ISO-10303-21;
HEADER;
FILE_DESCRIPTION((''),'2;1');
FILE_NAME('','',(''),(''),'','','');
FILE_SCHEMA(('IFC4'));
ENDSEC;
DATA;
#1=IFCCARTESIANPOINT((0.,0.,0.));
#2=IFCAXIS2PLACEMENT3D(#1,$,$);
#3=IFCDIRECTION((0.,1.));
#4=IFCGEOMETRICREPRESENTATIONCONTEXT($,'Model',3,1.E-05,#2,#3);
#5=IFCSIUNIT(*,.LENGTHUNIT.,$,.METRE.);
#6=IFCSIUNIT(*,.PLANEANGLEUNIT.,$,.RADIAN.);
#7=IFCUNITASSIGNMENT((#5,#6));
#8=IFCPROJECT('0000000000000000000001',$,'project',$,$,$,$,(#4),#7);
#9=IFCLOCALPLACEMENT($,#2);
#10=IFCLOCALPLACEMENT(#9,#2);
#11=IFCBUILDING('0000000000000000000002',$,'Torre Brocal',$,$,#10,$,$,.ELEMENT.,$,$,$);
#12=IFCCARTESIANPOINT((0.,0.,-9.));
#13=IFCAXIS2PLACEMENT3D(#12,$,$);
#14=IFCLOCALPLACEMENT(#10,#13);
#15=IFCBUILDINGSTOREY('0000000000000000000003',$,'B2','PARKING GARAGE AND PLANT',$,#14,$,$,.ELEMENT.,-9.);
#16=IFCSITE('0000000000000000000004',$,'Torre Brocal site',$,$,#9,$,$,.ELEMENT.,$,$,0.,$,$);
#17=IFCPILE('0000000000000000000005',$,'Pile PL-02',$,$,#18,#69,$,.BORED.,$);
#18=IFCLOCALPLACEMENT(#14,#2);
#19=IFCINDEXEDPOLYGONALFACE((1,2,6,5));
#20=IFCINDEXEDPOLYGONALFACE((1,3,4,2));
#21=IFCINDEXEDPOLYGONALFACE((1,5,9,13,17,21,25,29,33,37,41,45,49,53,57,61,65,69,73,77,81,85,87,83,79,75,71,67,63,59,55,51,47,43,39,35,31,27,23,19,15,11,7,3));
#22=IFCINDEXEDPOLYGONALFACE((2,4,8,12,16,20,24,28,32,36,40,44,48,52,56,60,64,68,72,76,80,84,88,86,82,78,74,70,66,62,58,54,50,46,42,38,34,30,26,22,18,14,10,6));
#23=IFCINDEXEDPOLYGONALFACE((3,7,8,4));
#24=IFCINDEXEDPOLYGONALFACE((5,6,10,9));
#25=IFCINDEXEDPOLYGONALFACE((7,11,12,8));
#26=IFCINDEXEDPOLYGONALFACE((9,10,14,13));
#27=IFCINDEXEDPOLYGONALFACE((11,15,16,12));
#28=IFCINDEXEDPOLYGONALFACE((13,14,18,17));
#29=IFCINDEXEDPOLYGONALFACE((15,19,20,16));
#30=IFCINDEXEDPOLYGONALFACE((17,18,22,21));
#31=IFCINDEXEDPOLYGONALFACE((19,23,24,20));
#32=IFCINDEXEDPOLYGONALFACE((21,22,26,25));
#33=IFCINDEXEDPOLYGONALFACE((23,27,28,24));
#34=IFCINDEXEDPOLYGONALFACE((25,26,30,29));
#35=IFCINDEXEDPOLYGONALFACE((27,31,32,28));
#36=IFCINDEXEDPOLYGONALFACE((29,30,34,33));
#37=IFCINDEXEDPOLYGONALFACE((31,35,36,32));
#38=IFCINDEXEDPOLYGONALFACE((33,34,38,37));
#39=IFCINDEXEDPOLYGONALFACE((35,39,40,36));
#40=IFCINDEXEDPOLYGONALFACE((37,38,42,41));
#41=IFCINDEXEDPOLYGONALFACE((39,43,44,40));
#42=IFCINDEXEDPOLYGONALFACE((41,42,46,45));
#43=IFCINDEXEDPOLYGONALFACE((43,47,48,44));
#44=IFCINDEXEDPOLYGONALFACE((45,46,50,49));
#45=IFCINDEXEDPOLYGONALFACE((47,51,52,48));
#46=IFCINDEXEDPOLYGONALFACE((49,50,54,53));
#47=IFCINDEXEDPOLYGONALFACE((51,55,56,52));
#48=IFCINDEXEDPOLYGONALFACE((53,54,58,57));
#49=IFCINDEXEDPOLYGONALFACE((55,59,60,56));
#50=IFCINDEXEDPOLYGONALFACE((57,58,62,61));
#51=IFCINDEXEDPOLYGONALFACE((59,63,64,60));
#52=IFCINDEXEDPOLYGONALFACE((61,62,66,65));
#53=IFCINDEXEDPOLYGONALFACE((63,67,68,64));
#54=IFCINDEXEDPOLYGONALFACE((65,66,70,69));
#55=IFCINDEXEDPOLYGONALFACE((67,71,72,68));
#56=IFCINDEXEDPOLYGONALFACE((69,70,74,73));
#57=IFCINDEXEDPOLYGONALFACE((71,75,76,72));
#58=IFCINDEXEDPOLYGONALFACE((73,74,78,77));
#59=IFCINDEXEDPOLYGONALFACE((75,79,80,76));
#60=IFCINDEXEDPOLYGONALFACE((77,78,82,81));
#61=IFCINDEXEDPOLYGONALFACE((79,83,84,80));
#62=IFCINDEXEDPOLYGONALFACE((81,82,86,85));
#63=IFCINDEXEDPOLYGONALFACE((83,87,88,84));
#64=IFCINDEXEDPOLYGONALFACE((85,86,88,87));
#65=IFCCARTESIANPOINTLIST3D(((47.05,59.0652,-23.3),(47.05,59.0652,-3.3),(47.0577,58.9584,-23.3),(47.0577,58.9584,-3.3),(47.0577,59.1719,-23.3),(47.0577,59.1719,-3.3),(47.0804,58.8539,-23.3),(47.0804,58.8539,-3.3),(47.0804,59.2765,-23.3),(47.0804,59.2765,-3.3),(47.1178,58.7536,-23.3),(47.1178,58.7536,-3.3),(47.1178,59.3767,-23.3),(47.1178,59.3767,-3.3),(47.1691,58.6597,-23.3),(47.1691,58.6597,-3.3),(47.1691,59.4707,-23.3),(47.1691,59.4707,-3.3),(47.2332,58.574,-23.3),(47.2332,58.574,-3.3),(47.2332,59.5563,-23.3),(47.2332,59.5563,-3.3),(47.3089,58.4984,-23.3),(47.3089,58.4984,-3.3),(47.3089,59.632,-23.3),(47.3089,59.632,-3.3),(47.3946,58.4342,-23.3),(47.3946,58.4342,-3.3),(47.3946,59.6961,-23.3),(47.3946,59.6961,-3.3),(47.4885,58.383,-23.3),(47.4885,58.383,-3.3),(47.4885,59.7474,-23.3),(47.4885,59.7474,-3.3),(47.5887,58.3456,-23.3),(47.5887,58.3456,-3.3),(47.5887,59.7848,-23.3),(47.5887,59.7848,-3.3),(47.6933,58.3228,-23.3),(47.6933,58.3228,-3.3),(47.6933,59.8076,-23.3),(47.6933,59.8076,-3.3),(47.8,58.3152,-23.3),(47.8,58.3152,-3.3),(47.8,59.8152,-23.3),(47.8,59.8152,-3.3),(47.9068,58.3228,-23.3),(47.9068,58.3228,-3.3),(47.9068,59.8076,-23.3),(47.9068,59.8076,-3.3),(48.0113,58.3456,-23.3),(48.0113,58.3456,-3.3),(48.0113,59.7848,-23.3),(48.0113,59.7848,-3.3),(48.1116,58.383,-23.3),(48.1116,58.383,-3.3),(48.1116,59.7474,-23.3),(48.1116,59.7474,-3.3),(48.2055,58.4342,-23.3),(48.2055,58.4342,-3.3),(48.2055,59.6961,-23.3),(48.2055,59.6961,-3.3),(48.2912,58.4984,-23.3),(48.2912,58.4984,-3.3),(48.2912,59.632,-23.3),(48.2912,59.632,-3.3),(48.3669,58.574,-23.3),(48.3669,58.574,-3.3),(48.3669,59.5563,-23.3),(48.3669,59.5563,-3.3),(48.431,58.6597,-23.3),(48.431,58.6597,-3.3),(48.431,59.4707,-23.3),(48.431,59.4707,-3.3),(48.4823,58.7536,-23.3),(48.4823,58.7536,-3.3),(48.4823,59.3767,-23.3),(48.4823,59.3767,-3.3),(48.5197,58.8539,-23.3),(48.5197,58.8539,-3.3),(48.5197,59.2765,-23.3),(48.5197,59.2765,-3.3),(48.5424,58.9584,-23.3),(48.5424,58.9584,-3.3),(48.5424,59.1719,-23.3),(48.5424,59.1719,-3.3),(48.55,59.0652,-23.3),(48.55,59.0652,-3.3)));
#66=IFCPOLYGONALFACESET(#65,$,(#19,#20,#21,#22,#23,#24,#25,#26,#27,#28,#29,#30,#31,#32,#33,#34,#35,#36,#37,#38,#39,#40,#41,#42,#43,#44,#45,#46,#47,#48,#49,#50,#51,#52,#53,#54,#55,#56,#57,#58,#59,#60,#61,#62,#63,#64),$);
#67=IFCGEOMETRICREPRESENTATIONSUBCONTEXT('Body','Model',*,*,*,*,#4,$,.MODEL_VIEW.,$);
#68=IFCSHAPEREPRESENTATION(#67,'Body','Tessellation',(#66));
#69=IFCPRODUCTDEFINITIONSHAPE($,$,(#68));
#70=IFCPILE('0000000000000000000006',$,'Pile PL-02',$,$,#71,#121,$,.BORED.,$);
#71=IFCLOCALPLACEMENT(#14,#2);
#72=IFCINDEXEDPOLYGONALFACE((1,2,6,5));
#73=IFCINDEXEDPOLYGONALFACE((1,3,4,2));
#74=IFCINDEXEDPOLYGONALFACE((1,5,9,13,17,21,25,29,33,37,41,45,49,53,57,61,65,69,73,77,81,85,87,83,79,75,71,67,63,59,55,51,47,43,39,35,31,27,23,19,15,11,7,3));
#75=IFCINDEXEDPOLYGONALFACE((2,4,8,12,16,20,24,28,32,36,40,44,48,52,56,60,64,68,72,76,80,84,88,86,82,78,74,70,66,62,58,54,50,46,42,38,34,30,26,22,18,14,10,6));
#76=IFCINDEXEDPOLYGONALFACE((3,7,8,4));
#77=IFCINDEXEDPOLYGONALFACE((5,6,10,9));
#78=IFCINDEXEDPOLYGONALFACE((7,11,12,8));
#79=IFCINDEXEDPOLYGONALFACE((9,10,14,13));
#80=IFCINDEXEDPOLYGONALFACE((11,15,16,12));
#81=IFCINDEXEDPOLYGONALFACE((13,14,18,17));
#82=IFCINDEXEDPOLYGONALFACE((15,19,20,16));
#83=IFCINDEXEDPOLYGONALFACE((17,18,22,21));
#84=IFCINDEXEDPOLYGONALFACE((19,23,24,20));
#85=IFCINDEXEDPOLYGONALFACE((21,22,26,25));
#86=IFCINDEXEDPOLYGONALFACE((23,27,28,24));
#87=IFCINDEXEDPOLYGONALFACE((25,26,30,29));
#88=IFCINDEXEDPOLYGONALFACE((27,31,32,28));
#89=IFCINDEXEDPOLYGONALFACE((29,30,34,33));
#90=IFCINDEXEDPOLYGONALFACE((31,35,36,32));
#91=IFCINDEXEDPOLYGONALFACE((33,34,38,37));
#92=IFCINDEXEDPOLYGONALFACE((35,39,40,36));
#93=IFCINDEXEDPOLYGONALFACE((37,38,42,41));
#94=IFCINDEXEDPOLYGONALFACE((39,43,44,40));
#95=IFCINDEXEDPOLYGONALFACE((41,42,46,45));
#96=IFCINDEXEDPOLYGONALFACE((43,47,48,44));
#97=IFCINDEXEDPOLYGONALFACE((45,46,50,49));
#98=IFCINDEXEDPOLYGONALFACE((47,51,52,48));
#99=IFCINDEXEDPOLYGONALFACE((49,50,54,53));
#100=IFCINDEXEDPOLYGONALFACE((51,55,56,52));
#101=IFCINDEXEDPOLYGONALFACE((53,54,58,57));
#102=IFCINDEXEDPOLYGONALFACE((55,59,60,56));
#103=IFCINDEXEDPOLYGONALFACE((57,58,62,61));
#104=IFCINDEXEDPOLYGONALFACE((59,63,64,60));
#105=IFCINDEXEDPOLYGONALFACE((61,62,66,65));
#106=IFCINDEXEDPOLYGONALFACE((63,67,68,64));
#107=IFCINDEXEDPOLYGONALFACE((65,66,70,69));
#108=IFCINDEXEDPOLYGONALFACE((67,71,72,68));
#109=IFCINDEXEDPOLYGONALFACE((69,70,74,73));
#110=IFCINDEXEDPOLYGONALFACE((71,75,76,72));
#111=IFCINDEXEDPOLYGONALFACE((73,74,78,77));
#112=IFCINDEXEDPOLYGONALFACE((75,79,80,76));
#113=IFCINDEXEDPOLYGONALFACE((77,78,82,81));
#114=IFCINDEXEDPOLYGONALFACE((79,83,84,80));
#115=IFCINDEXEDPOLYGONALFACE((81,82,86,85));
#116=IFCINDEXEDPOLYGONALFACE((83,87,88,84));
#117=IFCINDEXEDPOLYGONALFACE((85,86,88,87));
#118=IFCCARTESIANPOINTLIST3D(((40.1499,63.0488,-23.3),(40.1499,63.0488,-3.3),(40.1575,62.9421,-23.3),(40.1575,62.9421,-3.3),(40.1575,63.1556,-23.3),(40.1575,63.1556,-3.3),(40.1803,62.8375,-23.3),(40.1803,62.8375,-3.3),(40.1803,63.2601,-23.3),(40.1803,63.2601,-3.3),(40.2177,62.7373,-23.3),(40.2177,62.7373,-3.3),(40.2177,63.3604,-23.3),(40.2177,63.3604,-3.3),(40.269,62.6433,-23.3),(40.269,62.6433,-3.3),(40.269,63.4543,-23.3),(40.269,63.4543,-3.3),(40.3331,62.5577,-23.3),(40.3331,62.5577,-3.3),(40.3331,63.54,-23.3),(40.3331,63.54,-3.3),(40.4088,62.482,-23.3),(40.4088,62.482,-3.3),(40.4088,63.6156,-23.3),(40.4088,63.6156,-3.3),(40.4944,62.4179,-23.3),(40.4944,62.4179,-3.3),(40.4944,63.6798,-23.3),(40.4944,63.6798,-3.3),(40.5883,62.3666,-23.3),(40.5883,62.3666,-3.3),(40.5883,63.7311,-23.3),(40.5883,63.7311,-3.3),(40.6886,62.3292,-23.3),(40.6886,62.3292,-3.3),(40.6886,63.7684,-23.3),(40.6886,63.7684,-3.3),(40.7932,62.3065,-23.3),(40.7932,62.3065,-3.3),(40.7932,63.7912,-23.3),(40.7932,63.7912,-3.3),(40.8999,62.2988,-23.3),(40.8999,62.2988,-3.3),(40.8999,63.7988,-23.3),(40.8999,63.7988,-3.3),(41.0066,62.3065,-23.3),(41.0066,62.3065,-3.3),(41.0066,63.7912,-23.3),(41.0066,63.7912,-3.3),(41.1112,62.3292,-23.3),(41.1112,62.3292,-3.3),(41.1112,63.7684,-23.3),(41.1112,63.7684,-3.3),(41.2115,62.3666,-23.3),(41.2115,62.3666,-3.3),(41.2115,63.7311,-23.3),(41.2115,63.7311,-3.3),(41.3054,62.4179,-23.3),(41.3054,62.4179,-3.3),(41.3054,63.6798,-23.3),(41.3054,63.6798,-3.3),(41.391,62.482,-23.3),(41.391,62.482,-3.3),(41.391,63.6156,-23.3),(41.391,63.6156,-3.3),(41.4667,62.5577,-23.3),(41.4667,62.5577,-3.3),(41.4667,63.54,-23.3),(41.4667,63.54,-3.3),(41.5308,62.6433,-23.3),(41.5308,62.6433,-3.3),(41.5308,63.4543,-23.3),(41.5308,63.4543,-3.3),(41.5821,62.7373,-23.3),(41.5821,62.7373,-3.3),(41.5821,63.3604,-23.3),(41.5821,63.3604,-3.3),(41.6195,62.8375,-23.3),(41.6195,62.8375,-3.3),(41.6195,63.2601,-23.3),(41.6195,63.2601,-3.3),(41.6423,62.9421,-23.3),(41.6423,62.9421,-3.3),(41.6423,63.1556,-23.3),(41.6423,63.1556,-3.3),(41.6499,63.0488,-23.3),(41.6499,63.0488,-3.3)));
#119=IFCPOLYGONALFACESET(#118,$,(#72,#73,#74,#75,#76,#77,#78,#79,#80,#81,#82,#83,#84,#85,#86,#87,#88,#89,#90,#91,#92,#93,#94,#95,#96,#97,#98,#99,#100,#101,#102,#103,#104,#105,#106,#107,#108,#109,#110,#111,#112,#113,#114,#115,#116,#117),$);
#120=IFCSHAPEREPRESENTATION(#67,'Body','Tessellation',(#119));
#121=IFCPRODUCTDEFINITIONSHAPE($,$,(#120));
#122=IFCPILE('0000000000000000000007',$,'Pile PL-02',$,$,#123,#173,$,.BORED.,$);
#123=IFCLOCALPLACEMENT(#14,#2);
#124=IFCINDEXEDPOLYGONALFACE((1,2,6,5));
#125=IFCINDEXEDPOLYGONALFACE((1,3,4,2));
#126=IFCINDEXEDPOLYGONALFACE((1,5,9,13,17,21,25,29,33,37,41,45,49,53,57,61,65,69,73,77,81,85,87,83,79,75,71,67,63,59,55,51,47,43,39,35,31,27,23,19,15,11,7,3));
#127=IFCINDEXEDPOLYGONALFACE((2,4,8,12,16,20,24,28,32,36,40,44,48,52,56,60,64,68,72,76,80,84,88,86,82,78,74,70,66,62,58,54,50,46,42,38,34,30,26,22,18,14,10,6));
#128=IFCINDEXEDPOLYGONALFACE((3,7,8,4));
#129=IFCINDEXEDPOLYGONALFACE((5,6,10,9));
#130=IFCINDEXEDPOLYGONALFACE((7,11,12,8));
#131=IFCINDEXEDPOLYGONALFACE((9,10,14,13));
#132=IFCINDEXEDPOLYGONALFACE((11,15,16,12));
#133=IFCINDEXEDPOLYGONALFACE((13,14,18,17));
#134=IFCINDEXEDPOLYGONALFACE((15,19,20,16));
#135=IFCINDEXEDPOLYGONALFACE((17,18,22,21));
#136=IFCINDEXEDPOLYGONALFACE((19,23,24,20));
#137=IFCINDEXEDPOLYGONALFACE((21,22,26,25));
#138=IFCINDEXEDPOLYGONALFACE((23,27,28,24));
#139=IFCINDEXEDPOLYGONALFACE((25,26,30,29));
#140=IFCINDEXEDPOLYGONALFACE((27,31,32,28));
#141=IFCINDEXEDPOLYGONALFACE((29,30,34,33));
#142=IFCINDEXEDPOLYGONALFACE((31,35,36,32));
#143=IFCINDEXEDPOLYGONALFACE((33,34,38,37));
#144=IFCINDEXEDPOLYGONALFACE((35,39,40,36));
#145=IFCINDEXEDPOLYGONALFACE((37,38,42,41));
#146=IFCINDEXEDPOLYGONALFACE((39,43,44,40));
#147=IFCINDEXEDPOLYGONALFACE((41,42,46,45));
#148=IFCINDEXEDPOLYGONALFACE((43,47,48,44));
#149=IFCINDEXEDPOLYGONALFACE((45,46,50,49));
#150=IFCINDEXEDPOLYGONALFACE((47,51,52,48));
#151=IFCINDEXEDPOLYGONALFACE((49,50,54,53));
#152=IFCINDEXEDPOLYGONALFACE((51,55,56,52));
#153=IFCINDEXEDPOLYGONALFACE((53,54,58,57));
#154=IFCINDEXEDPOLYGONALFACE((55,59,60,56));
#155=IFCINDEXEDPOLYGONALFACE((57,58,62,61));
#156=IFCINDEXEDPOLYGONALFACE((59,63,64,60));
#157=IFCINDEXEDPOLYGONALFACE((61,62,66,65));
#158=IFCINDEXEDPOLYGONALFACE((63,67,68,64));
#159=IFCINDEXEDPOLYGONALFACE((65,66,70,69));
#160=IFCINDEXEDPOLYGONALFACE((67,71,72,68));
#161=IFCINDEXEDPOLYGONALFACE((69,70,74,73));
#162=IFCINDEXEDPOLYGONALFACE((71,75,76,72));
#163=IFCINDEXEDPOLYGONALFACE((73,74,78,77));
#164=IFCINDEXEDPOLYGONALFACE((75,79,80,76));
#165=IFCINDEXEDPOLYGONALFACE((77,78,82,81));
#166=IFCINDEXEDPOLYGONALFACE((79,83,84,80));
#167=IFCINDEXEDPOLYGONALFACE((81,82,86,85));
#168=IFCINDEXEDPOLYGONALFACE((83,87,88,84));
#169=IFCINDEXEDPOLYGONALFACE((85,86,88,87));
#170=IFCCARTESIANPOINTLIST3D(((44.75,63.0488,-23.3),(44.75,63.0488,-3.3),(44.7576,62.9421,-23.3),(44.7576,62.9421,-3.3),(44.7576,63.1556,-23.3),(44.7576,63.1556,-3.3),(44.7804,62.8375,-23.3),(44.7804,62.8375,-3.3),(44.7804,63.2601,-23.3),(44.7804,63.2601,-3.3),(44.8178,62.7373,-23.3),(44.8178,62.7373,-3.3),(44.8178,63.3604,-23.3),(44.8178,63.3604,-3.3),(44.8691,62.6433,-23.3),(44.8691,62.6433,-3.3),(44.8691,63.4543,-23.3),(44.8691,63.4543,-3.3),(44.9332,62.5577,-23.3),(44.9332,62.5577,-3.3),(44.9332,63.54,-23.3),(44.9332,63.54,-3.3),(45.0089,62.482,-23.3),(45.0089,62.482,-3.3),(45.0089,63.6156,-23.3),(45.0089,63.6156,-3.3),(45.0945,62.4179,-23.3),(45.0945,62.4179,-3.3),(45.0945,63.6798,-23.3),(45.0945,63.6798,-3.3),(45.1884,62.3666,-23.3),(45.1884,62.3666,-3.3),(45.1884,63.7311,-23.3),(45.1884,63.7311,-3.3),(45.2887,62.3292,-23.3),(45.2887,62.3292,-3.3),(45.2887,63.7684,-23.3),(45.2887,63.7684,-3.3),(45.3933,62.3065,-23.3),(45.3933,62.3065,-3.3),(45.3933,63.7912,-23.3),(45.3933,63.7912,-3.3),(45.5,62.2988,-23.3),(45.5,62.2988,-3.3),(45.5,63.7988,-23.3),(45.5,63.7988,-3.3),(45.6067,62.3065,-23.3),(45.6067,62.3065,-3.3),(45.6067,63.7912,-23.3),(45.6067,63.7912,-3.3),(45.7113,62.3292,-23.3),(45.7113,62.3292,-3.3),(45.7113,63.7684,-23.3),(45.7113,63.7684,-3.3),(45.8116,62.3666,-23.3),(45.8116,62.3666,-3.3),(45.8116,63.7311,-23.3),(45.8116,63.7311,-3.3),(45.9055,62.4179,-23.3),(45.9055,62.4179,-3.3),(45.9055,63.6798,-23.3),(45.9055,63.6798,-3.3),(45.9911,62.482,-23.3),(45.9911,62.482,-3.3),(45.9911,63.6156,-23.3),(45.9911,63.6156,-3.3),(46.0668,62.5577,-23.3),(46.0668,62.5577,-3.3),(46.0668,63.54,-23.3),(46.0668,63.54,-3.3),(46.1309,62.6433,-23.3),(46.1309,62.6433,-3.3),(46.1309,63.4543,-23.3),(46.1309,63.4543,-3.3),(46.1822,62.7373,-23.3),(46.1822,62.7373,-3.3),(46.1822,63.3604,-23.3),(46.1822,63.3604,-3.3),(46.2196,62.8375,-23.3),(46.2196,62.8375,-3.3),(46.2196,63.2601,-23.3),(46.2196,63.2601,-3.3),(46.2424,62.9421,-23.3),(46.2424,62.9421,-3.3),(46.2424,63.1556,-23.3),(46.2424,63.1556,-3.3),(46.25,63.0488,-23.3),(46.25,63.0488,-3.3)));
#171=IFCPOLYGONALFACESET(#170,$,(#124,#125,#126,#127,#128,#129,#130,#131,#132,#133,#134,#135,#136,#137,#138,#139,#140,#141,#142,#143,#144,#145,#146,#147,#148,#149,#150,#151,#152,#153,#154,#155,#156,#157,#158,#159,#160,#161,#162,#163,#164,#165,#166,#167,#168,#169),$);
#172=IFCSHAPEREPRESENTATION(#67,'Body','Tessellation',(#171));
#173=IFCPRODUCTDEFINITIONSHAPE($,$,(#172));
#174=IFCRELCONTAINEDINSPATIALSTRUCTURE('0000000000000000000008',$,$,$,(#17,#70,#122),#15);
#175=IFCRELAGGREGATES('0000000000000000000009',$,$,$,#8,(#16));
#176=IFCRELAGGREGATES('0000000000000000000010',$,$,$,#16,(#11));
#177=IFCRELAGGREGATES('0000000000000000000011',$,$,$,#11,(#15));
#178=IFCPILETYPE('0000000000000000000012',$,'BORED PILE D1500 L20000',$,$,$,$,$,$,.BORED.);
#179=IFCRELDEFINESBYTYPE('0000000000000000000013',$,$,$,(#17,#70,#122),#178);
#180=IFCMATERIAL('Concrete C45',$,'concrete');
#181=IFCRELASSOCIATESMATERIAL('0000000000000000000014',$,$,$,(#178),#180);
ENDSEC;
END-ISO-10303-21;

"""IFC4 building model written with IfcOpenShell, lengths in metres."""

from ifc_helpers import new_model, si_unit, direction, frame, origin, origin_2d, place, context, subcontext, project, spatial, circle, extrude, material, material_profile, profile_set, type_object, element, save


model = new_model("IFC4")

# Units and contexts
model_context = context("Model", 3, precision=1e-05, world=origin(), true_north=direction((0.0, 1.0)))
body_context = subcontext(model_context, "Body", "Model", "MODEL_VIEW")
ifc_project = project(units=[si_unit("LENGTHUNIT", "METRE"), si_unit("PLANEANGLEUNIT", "RADIAN")], contexts=[model_context])

# Site, building, storey
site_placement = place(None, origin())
site = spatial("IfcSite", under=ifc_project, at=site_placement, Name="Torre Brocal site", CompositionType="ELEMENT", RefElevation=0.0)
building_placement = place(site_placement, origin())
building = spatial("IfcBuilding", under=site, at=building_placement, Name="Torre Brocal", CompositionType="ELEMENT")
storey_placement = place(building_placement, frame((0.0, 0.0, -9.0)))
storey = spatial("IfcBuildingStorey", under=building, at=storey_placement, Name="B2", Description="PARKING GARAGE AND PLANT", CompositionType="ELEMENT", Elevation=-9.0)

# Piles
ifc_material_1 = material(Name="Concrete C45", Category="concrete")
ifc_material_profile_1 = material_profile(ifc_material_1, circle(Radius=0.75, at=origin_2d()), Name="BORED PILE D1500")
ifc_profile_set_1 = profile_set([ifc_material_profile_1], Name="Concrete C45")
pile_type_1 = type_object("IfcPileType", Name="BORED PILE D1500 L20000", PredefinedType="BORED", material=ifc_profile_set_1)
for number, where, z_axis, x_axis, name in (
    (1, (47.8, 59.0652, -3.3), (0.0, 0.0, -1.0), (1.0, 0.0, 0.0), "Pile PL-02"),
    (2, (40.8999, 63.0488, -3.3), (0.0, 0.0, -1.0), (1.0, 0.0, 0.0), "Pile PL-02"),
    (3, (45.5, 63.0488, -3.3), (0.0, 0.0, -1.0), (1.0, 0.0, 0.0), "Pile PL-02"),
):
    element("IfcPile", number, at=place(storey_placement, frame(where, z_axis=z_axis, x_axis=x_axis)), inside=storey, type_object=pile_type_1, Name=name, PredefinedType="BORED", context=body_context, shape_type="SweptSolid", body=[
        extrude(circle(Radius=0.75, at=origin_2d()), origin(), (0.0, 0.0, 1.0), 20.0),
    ])

save(model, "model.ifc")
